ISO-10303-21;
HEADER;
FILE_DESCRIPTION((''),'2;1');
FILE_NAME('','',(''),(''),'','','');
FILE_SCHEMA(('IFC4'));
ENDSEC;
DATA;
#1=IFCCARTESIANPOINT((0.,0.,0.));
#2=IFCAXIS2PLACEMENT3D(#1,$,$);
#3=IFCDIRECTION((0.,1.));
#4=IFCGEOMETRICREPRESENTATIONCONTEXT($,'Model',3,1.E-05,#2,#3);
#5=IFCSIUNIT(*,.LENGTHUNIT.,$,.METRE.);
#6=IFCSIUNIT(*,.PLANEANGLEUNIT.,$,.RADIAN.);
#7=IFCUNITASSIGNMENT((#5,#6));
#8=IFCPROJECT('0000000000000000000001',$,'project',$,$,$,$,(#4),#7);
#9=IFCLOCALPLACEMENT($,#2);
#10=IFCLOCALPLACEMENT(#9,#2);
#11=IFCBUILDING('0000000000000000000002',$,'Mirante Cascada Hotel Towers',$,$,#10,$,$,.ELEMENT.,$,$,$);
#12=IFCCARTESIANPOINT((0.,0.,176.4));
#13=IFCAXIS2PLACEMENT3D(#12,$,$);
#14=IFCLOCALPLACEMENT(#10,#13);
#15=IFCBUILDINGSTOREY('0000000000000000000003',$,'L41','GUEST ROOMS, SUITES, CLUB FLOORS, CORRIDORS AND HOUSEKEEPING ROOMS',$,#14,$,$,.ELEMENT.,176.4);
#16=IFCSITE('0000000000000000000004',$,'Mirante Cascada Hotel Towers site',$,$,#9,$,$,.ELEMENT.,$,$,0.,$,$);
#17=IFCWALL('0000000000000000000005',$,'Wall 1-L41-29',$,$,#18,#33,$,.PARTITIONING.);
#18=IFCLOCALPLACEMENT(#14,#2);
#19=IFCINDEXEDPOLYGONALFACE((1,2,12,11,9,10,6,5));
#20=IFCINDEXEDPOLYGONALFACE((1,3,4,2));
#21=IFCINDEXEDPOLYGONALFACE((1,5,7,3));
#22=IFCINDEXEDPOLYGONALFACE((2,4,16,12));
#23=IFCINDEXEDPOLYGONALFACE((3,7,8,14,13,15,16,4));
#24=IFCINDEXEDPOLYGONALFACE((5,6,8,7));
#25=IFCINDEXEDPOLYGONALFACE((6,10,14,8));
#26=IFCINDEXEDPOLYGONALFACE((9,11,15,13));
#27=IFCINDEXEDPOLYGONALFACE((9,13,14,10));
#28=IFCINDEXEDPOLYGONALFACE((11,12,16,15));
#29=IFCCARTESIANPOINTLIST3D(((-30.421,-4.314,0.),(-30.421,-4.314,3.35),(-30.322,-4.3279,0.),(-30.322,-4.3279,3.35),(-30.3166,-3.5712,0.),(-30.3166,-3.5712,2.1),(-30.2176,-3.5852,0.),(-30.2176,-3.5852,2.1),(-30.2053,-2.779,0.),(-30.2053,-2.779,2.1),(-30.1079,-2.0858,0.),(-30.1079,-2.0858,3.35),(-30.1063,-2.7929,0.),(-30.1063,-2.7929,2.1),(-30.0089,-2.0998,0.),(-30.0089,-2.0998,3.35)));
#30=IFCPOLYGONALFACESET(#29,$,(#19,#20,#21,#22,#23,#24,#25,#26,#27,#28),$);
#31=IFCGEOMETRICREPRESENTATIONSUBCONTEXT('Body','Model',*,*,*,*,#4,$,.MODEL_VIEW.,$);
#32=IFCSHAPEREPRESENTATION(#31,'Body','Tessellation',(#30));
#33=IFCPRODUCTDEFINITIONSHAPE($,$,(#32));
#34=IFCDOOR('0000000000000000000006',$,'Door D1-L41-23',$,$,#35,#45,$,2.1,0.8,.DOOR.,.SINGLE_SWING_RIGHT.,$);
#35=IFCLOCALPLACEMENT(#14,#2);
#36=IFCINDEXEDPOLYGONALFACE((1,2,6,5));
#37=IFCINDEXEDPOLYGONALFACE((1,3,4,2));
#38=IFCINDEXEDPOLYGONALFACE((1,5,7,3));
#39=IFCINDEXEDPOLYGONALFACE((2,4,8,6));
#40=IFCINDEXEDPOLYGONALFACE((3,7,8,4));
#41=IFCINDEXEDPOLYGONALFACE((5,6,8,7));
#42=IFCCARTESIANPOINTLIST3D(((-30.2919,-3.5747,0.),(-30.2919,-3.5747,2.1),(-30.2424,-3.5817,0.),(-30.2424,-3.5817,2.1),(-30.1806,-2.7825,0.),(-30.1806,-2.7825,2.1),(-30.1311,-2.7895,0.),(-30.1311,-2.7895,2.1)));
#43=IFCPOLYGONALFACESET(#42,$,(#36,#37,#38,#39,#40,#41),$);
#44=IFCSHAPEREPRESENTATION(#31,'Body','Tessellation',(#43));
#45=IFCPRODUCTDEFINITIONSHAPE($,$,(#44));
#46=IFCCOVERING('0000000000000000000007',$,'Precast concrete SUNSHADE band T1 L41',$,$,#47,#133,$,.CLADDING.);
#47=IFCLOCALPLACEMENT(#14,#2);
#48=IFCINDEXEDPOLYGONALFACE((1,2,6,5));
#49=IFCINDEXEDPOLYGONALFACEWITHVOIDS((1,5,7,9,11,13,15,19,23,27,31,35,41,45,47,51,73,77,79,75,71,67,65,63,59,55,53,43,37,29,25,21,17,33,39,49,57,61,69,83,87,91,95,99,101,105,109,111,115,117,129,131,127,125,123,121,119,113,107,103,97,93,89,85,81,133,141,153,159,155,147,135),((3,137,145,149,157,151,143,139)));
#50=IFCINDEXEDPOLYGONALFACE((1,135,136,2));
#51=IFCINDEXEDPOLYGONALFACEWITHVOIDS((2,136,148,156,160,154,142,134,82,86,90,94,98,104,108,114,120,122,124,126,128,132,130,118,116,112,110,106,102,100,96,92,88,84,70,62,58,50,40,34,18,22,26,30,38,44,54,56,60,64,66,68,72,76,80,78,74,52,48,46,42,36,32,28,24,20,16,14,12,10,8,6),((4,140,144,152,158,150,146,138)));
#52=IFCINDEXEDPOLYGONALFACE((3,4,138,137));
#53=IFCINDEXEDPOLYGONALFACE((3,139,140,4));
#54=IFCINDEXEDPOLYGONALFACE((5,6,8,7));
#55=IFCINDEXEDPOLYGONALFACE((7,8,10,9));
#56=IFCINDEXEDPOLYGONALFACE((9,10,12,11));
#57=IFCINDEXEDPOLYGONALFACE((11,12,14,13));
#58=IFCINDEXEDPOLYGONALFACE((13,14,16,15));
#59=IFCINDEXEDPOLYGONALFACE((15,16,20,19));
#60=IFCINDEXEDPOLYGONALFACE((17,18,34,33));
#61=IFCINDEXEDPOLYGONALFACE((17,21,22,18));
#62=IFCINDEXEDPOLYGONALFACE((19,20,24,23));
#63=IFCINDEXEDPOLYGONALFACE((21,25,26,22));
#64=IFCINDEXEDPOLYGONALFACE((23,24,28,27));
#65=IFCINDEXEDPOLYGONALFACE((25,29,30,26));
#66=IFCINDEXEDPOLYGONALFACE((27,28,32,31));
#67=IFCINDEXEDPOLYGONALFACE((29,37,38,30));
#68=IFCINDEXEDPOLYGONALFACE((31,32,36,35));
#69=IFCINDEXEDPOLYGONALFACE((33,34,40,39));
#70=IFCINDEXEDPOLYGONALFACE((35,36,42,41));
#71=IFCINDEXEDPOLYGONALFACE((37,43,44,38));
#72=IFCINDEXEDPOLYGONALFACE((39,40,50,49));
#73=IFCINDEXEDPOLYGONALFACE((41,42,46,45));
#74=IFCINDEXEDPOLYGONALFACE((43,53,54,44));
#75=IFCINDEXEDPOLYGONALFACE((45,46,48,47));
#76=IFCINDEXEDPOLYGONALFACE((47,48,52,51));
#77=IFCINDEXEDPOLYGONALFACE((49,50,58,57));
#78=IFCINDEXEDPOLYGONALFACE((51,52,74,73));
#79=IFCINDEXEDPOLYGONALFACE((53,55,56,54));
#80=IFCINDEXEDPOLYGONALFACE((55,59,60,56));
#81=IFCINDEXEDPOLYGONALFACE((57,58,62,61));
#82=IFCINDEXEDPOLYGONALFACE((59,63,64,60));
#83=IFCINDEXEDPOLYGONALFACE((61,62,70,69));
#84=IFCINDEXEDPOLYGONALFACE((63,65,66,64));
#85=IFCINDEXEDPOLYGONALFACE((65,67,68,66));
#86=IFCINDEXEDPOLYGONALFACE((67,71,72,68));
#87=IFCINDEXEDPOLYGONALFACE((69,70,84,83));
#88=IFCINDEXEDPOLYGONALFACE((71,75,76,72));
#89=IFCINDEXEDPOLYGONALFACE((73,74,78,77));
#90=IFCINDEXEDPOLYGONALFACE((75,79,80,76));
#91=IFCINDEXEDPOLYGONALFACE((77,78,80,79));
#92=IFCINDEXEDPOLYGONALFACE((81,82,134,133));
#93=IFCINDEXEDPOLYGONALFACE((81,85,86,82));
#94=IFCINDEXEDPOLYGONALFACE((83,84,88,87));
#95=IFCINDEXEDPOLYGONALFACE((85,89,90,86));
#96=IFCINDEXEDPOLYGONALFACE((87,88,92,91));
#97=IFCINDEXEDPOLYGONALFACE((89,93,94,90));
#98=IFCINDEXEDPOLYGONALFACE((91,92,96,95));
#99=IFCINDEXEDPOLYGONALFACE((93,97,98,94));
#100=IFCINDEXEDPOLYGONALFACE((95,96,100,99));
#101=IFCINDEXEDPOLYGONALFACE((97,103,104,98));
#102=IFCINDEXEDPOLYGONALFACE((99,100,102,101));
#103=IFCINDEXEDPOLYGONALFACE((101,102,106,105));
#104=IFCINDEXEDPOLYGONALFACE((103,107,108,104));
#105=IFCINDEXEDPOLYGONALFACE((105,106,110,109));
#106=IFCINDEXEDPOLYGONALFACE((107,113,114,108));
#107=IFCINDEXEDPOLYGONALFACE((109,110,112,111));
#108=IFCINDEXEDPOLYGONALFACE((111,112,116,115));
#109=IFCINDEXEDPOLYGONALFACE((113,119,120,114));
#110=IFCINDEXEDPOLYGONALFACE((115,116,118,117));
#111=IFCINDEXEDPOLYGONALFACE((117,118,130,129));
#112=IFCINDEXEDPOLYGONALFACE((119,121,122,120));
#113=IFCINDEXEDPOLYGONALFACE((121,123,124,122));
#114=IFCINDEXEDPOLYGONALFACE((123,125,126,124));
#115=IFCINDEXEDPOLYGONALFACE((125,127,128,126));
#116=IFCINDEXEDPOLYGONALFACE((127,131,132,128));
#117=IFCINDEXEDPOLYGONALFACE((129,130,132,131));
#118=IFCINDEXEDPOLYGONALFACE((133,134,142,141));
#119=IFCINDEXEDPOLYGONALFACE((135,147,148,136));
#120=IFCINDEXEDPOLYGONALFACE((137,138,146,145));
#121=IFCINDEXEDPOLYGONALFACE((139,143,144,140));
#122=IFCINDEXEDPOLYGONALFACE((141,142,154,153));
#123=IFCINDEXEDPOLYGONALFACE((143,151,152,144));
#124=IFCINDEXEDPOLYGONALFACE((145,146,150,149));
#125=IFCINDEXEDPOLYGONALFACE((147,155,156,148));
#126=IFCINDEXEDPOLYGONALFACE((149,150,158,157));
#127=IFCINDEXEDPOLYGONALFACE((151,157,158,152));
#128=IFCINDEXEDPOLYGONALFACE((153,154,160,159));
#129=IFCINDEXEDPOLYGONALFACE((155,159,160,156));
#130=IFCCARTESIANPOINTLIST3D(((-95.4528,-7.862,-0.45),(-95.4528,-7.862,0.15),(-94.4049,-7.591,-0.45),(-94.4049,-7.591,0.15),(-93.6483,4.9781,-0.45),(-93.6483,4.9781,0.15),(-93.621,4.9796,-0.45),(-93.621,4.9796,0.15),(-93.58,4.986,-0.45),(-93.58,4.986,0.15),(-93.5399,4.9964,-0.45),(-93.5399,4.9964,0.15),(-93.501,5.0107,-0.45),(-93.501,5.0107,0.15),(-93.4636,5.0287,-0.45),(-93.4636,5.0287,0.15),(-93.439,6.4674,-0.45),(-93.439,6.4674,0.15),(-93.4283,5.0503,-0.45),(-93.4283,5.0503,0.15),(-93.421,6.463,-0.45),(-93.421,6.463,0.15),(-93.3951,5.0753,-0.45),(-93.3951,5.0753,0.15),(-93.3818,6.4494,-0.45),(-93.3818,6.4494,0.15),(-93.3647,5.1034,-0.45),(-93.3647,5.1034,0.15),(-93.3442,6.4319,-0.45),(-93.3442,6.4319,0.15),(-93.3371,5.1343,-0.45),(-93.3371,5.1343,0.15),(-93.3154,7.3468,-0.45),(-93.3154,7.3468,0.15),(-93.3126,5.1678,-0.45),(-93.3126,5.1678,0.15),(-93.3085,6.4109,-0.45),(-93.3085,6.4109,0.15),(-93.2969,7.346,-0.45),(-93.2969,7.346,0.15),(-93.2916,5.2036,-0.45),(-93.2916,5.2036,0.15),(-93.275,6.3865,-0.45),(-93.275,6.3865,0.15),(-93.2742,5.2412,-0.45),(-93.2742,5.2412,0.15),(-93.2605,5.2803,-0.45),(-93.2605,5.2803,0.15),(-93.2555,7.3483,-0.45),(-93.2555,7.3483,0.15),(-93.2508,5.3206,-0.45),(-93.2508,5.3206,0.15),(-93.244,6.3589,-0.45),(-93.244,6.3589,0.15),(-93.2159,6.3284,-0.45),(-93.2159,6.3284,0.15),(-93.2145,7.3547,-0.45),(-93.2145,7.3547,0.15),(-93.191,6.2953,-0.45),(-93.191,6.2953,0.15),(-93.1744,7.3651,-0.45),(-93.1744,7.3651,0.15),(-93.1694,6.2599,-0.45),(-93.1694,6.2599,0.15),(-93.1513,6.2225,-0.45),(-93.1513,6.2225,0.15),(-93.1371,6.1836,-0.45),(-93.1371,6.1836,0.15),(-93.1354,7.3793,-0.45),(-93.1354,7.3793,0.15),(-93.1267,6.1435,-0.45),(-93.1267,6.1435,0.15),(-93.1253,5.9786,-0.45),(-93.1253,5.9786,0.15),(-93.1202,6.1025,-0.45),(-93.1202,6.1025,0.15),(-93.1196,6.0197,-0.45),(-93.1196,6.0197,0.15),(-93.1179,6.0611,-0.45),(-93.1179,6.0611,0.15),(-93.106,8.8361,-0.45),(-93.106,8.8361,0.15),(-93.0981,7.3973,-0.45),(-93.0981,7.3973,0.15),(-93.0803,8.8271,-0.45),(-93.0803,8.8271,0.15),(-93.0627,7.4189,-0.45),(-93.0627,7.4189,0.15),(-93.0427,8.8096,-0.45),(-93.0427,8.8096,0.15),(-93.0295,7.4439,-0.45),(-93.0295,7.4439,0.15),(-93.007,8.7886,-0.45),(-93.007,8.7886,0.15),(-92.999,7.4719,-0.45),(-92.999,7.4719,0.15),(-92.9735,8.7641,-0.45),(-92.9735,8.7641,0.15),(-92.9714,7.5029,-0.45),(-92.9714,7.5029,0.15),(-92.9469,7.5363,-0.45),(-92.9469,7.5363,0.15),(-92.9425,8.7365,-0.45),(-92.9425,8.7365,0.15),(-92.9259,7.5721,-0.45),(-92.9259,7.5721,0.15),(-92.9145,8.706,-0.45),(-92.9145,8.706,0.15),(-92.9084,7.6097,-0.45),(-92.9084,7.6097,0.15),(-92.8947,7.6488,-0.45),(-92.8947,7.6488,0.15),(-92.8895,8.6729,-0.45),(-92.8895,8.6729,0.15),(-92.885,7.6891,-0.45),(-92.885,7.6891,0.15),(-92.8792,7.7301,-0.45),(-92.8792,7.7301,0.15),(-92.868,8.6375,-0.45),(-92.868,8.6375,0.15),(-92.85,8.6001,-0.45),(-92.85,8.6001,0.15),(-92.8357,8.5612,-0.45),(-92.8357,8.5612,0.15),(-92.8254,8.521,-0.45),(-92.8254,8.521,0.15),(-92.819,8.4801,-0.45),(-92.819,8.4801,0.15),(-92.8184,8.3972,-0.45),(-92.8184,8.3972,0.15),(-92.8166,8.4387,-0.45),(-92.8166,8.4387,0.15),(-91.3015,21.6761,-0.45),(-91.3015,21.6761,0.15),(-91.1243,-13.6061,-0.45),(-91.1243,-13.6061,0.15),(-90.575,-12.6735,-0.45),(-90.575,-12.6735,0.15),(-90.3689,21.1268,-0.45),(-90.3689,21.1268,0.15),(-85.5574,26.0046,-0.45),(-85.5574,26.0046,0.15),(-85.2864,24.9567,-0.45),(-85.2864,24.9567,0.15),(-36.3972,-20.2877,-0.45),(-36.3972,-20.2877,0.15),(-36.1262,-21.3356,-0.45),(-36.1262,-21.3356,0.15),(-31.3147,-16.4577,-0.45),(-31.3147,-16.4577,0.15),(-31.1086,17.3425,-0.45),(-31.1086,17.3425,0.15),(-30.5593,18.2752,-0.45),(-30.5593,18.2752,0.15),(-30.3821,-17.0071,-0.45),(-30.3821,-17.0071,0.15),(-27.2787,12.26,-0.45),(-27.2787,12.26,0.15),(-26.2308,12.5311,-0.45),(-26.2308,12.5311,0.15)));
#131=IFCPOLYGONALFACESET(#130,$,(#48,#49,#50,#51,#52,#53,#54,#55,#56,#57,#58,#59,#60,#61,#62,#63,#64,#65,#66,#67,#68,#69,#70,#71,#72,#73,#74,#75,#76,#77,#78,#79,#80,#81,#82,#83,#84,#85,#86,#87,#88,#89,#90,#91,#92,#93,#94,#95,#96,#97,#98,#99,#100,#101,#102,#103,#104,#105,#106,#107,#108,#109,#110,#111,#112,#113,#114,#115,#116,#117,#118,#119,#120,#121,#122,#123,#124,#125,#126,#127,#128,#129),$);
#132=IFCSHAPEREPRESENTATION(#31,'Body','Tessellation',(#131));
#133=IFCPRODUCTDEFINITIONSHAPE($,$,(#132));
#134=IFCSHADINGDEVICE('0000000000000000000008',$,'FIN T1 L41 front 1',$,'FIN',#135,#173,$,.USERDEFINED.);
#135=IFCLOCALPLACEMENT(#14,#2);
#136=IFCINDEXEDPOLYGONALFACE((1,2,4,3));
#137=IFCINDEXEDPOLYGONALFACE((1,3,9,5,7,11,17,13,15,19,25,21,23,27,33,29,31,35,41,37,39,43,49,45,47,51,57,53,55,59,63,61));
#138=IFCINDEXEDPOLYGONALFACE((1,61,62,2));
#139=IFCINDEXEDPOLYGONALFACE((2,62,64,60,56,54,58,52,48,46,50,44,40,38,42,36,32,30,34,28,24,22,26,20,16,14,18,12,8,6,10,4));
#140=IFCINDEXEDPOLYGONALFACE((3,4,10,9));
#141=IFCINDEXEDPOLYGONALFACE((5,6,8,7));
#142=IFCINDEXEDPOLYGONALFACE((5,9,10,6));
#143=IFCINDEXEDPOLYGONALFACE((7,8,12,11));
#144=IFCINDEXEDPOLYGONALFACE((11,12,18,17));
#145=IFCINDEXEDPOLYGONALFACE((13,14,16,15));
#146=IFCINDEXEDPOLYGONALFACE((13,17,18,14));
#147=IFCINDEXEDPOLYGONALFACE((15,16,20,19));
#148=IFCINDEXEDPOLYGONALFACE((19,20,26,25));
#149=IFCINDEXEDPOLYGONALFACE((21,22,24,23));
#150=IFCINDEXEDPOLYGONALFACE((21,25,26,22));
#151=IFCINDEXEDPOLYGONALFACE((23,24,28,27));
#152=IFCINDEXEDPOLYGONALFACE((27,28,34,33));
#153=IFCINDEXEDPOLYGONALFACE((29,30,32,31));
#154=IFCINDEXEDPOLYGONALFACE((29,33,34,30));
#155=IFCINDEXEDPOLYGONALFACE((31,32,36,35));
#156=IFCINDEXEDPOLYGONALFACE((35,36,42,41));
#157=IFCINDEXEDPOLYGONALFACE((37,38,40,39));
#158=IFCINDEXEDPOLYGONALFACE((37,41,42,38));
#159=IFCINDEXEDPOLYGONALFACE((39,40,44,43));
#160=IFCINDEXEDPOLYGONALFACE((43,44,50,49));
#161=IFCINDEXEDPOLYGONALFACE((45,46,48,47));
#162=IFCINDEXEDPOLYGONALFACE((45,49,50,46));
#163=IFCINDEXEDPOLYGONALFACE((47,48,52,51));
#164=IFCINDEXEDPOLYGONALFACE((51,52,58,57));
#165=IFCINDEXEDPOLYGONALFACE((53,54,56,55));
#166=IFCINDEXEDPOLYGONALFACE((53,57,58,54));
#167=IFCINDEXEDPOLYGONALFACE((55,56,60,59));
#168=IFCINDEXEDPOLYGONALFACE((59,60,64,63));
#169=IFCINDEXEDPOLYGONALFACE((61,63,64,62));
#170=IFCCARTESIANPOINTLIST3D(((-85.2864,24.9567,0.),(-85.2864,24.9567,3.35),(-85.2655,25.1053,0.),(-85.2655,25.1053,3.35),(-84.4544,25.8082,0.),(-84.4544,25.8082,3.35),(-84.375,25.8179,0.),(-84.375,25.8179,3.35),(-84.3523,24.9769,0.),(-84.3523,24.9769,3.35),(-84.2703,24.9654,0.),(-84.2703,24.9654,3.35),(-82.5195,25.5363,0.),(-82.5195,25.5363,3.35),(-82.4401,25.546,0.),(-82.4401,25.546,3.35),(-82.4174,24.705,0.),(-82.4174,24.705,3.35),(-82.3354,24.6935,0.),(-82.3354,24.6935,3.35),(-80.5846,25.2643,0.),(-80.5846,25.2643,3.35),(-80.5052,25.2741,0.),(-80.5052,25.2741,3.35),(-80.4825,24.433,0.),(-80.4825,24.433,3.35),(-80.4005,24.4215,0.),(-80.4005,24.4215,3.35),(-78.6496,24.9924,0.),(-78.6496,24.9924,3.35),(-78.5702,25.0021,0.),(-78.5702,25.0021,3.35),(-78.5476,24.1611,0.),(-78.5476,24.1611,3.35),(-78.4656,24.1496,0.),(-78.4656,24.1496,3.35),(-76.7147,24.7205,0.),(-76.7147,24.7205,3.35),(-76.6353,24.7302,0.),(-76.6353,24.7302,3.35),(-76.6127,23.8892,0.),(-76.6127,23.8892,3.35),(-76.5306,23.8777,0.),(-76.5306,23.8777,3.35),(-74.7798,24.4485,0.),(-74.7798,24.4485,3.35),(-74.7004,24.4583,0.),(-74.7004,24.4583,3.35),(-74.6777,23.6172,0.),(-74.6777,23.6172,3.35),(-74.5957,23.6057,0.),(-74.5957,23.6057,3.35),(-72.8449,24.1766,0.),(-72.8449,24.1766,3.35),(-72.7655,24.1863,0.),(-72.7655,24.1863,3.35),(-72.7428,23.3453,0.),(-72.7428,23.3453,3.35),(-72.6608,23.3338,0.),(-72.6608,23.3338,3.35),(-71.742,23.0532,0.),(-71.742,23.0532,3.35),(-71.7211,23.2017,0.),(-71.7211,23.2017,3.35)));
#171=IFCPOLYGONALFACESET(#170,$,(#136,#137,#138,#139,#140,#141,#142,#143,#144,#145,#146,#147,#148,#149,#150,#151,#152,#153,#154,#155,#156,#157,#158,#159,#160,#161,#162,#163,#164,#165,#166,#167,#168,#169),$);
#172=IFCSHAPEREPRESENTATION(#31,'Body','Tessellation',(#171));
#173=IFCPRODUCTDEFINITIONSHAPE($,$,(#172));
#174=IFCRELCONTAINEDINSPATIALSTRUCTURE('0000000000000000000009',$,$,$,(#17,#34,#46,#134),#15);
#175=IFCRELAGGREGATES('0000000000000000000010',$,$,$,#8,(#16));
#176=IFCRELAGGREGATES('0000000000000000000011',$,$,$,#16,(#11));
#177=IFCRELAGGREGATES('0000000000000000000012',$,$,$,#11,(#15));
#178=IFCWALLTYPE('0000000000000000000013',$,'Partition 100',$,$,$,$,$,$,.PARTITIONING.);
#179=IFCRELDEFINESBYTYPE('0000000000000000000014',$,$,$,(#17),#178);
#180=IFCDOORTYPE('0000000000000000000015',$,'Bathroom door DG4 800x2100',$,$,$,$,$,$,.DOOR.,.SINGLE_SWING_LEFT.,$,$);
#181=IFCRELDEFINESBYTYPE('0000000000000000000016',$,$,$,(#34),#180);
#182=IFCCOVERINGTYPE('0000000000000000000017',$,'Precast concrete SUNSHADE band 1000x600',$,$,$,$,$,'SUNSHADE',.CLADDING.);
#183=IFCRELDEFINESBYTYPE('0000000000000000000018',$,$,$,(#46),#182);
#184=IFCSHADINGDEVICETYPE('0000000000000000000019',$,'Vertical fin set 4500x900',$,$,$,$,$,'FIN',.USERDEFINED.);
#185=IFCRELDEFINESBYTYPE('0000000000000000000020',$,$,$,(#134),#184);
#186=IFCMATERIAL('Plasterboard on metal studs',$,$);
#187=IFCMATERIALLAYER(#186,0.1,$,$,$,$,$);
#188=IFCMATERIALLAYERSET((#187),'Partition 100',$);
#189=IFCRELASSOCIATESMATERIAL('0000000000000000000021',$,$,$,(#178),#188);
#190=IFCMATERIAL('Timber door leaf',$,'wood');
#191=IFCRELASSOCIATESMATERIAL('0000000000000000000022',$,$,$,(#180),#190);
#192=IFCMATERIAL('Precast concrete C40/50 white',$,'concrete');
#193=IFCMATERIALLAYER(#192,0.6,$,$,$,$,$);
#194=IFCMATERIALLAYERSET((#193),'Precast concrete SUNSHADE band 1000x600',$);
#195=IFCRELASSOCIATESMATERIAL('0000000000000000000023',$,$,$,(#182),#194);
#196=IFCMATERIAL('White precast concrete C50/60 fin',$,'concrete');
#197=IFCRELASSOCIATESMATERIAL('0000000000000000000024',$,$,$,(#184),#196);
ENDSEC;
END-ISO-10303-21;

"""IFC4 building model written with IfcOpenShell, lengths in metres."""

from ifc_helpers import new_model, si_unit, direction, frame, frame_2d, origin, place, context, subcontext, project, spatial, polyline, rectangle, outline, extrude, material, layer, layer_set, type_object, element, fill, save


model = new_model("IFC4")

# Units and contexts
model_context = context("Model", 3, precision=1e-05, world=origin(), true_north=direction((0.0, 1.0)))
body_context = subcontext(model_context, "Body", "Model", "MODEL_VIEW")
ifc_project = project(units=[si_unit("LENGTHUNIT", "METRE"), si_unit("PLANEANGLEUNIT", "RADIAN")], contexts=[model_context])

# Site, building, storey
site_placement = place(None, origin())
site = spatial("IfcSite", under=ifc_project, at=site_placement, Name="Mirante Cascada Hotel Towers site", CompositionType="ELEMENT", RefElevation=0.0)
building_placement = place(site_placement, origin())
building = spatial("IfcBuilding", under=site, at=building_placement, Name="Mirante Cascada Hotel Towers", CompositionType="ELEMENT")
storey_placement = place(building_placement, frame((0.0, 0.0, 176.4)))
storey = spatial("IfcBuildingStorey", under=building, at=storey_placement, Name="L41", Description="GUEST ROOMS, SUITES, CLUB FLOORS, CORRIDORS AND HOUSEKEEPING ROOMS", CompositionType="ELEMENT", Elevation=176.4)

# Shared definitions
ifc_material_1 = material(Name="Plasterboard on metal studs")
ifc_layer_1 = layer(ifc_material_1, 0.1)
ifc_layer_set_1 = layer_set([ifc_layer_1], Name="Partition 100")
wall_type_1 = type_object("IfcWallType", Name="Partition 100", PredefinedType="PARTITIONING", material=ifc_layer_set_1)

# Wall, opening, door
wall_1_placement = place(storey_placement, frame((-30.0584, -2.0928, 0.0), z_axis=(0.0, 0.0, 1.0), x_axis=(-0.139156, -0.990271, 0.0)))
wall_1 = element("IfcWall", 1, at=wall_1_placement, inside=storey, type_object=wall_type_1, Name="Wall 1-L41-29", PredefinedType="PARTITIONING", context=body_context, shape_type="SweptSolid", body=[
    extrude(rectangle(XDim=2.25, YDim=0.1, at=frame_2d((1.125, 0.0))), origin(), (0.0, 0.0, 1.0), 3.35),
])
opening_1_placement = place(wall_1_placement, frame((0.7, 0.0, 0.0)))
opening_1 = element("IfcOpeningElement", 2, at=opening_1_placement, cuts=wall_1, PredefinedType="OPENING", context=body_context, shape_type="SweptSolid", body=[
    extrude(rectangle(XDim=0.8, YDim=2.1, at=frame_2d((0.4, 1.05))), frame((0.0, 0.05, 0.0), z_axis=(0.0, -1.0, 0.0), x_axis=(1.0, 0.0, 0.0)), (0.0, 0.0, 1.0), 0.1),
])
ifc_material_2 = material(Name="Timber door leaf", Category="wood")
door_type_1 = type_object("IfcDoorType", Name="Bathroom door DG4 800x2100", OperationType="SINGLE_SWING_LEFT", PredefinedType="DOOR", material=ifc_material_2)
door_1_placement = place(opening_1_placement, frame((0.8, 0.0, 0.0), z_axis=(0.0, 0.0, 1.0), x_axis=(-1.0, 0.0, 0.0)))
door_1 = element("IfcDoor", 3, at=door_1_placement, inside=storey, type_object=door_type_1, Name="Door D1-L41-23", OperationType="SINGLE_SWING_RIGHT", OverallHeight=2.1, OverallWidth=0.8, PredefinedType="DOOR", context=body_context, shape_type="SweptSolid", body=[
    extrude(rectangle(XDim=0.8, YDim=2.1, at=frame_2d((0.4, 1.05))), frame((0.0, 0.025, 0.0), z_axis=(0.0, -1.0, 0.0), x_axis=(1.0, 0.0, 0.0)), (0.0, 0.0, 1.0), 0.05),
])
fill(opening_1, door_1)

# Covering
ifc_material_3 = material(Name="Precast concrete C40/50 white", Category="concrete")
ifc_layer_2 = layer(ifc_material_3, 0.6)
ifc_layer_set_2 = layer_set([ifc_layer_2], Name="Precast concrete SUNSHADE band 1000x600")
covering_type = type_object("IfcCoveringType", Name="Precast concrete SUNSHADE band 1000x600", ElementType="SUNSHADE", PredefinedType="CLADDING", material=ifc_layer_set_2)
covering_placement = place(storey_placement, frame((0.0, 0.0, -0.45)))
element("IfcCovering", 4, at=covering_placement, inside=storey, type_object=covering_type, Name="Precast concrete SUNSHADE band T1 L41", PredefinedType="CLADDING", context=body_context, shape_type="SweptSolid", body=[
    extrude(outline(polyline([(-95.4528, -7.862), (-93.6483, 4.9781), (-93.621, 4.9796), (-93.58, 4.986), (-93.5399, 4.9964), (-93.501, 5.0107), (-93.4636, 5.0287), (-93.4283, 5.0503), (-93.3951, 5.0753), (-93.3647, 5.1034), (-93.3371, 5.1343), (-93.3126, 5.1678), (-93.2916, 5.2036), (-93.2742, 5.2412), (-93.2605, 5.2803), (-93.2508, 5.3206), (-93.1253, 5.9786), (-93.1196, 6.0197), (-93.1179, 6.0611), (-93.1202, 6.1025), (-93.1267, 6.1435), (-93.1371, 6.1836), (-93.1513, 6.2225), (-93.1694, 6.2599), (-93.191, 6.2953), (-93.2159, 6.3284), (-93.244, 6.3589), (-93.275, 6.3865), (-93.3085, 6.4109), (-93.3442, 6.4319), (-93.3818, 6.4494), (-93.421, 6.463), (-93.439, 6.4674), (-93.3154, 7.3468), (-93.2969, 7.346), (-93.2555, 7.3483), (-93.2145, 7.3547), (-93.1744, 7.3651), (-93.1354, 7.3793), (-93.0981, 7.3973), (-93.0627, 7.4189), (-93.0295, 7.4439), (-92.999, 7.4719), (-92.9714, 7.5029), (-92.9469, 7.5363), (-92.9259, 7.5721), (-92.9084, 7.6097), (-92.8947, 7.6488), (-92.885, 7.6891), (-92.8792, 7.7301), (-92.8184, 8.3972), (-92.8166, 8.4387), (-92.819, 8.4801), (-92.8254, 8.521), (-92.8357, 8.5612), (-92.85, 8.6001), (-92.868, 8.6375), (-92.8895, 8.6729), (-92.9145, 8.706), (-92.9425, 8.7365), (-92.9735, 8.7641), (-93.007, 8.7886), (-93.0427, 8.8096), (-93.0803, 8.8271), (-93.106, 8.8361), (-91.3015, 21.6761), (-85.5574, 26.0046), (-30.5593, 18.2752), (-26.2308, 12.5311), (-30.3821, -17.0071), (-36.1262, -21.3356), (-91.1243, -13.6061), (-95.4528, -7.862)]), holes=[polyline([(-27.2787, 12.26), (-31.1086, 17.3425), (-85.2864, 24.9567), (-90.3689, 21.1268), (-94.4049, -7.591), (-90.575, -12.6735), (-36.3972, -20.2877), (-31.3147, -16.4577), (-27.2787, 12.26)])]), origin(), (0.0, 0.0, 1.0), 0.6),
])

# Shading device
ifc_material_4 = material(Name="White precast concrete C50/60 fin", Category="concrete")
shading_device_type = type_object("IfcShadingDeviceType", Name="Vertical fin set 4500x900", ElementType="FIN", PredefinedType="USERDEFINED", material=ifc_material_4)
shading_device_1_placement = place(storey_placement, origin())
element("IfcShadingDevice", 5, at=shading_device_1_placement, inside=storey, type_object=shading_device_type, Name="FIN T1 L41 front 1", ObjectType="FIN", PredefinedType="USERDEFINED", context=body_context, shape_type="SweptSolid", body=[
    extrude(outline(polyline([(-72.6608, 23.3338), (-71.7211, 23.2017), (-71.742, 23.0532), (-85.2864, 24.9567), (-85.2655, 25.1053), (-84.3523, 24.9769), (-84.4544, 25.8082), (-84.375, 25.8179), (-84.2703, 24.9654), (-82.4174, 24.705), (-82.5195, 25.5363), (-82.4401, 25.546), (-82.3354, 24.6935), (-80.4825, 24.433), (-80.5846, 25.2643), (-80.5052, 25.2741), (-80.4005, 24.4215), (-78.5476, 24.1611), (-78.6496, 24.9924), (-78.5702, 25.0021), (-78.4656, 24.1496), (-76.6127, 23.8892), (-76.7147, 24.7205), (-76.6353, 24.7302), (-76.5306, 23.8777), (-74.6777, 23.6172), (-74.7798, 24.4485), (-74.7004, 24.4583), (-74.5957, 23.6057), (-72.7428, 23.3453), (-72.8449, 24.1766), (-72.7655, 24.1863), (-72.6608, 23.3338)])), origin(), (0.0, 0.0, 1.0), 3.35),
])

save(model, "model.ifc")
